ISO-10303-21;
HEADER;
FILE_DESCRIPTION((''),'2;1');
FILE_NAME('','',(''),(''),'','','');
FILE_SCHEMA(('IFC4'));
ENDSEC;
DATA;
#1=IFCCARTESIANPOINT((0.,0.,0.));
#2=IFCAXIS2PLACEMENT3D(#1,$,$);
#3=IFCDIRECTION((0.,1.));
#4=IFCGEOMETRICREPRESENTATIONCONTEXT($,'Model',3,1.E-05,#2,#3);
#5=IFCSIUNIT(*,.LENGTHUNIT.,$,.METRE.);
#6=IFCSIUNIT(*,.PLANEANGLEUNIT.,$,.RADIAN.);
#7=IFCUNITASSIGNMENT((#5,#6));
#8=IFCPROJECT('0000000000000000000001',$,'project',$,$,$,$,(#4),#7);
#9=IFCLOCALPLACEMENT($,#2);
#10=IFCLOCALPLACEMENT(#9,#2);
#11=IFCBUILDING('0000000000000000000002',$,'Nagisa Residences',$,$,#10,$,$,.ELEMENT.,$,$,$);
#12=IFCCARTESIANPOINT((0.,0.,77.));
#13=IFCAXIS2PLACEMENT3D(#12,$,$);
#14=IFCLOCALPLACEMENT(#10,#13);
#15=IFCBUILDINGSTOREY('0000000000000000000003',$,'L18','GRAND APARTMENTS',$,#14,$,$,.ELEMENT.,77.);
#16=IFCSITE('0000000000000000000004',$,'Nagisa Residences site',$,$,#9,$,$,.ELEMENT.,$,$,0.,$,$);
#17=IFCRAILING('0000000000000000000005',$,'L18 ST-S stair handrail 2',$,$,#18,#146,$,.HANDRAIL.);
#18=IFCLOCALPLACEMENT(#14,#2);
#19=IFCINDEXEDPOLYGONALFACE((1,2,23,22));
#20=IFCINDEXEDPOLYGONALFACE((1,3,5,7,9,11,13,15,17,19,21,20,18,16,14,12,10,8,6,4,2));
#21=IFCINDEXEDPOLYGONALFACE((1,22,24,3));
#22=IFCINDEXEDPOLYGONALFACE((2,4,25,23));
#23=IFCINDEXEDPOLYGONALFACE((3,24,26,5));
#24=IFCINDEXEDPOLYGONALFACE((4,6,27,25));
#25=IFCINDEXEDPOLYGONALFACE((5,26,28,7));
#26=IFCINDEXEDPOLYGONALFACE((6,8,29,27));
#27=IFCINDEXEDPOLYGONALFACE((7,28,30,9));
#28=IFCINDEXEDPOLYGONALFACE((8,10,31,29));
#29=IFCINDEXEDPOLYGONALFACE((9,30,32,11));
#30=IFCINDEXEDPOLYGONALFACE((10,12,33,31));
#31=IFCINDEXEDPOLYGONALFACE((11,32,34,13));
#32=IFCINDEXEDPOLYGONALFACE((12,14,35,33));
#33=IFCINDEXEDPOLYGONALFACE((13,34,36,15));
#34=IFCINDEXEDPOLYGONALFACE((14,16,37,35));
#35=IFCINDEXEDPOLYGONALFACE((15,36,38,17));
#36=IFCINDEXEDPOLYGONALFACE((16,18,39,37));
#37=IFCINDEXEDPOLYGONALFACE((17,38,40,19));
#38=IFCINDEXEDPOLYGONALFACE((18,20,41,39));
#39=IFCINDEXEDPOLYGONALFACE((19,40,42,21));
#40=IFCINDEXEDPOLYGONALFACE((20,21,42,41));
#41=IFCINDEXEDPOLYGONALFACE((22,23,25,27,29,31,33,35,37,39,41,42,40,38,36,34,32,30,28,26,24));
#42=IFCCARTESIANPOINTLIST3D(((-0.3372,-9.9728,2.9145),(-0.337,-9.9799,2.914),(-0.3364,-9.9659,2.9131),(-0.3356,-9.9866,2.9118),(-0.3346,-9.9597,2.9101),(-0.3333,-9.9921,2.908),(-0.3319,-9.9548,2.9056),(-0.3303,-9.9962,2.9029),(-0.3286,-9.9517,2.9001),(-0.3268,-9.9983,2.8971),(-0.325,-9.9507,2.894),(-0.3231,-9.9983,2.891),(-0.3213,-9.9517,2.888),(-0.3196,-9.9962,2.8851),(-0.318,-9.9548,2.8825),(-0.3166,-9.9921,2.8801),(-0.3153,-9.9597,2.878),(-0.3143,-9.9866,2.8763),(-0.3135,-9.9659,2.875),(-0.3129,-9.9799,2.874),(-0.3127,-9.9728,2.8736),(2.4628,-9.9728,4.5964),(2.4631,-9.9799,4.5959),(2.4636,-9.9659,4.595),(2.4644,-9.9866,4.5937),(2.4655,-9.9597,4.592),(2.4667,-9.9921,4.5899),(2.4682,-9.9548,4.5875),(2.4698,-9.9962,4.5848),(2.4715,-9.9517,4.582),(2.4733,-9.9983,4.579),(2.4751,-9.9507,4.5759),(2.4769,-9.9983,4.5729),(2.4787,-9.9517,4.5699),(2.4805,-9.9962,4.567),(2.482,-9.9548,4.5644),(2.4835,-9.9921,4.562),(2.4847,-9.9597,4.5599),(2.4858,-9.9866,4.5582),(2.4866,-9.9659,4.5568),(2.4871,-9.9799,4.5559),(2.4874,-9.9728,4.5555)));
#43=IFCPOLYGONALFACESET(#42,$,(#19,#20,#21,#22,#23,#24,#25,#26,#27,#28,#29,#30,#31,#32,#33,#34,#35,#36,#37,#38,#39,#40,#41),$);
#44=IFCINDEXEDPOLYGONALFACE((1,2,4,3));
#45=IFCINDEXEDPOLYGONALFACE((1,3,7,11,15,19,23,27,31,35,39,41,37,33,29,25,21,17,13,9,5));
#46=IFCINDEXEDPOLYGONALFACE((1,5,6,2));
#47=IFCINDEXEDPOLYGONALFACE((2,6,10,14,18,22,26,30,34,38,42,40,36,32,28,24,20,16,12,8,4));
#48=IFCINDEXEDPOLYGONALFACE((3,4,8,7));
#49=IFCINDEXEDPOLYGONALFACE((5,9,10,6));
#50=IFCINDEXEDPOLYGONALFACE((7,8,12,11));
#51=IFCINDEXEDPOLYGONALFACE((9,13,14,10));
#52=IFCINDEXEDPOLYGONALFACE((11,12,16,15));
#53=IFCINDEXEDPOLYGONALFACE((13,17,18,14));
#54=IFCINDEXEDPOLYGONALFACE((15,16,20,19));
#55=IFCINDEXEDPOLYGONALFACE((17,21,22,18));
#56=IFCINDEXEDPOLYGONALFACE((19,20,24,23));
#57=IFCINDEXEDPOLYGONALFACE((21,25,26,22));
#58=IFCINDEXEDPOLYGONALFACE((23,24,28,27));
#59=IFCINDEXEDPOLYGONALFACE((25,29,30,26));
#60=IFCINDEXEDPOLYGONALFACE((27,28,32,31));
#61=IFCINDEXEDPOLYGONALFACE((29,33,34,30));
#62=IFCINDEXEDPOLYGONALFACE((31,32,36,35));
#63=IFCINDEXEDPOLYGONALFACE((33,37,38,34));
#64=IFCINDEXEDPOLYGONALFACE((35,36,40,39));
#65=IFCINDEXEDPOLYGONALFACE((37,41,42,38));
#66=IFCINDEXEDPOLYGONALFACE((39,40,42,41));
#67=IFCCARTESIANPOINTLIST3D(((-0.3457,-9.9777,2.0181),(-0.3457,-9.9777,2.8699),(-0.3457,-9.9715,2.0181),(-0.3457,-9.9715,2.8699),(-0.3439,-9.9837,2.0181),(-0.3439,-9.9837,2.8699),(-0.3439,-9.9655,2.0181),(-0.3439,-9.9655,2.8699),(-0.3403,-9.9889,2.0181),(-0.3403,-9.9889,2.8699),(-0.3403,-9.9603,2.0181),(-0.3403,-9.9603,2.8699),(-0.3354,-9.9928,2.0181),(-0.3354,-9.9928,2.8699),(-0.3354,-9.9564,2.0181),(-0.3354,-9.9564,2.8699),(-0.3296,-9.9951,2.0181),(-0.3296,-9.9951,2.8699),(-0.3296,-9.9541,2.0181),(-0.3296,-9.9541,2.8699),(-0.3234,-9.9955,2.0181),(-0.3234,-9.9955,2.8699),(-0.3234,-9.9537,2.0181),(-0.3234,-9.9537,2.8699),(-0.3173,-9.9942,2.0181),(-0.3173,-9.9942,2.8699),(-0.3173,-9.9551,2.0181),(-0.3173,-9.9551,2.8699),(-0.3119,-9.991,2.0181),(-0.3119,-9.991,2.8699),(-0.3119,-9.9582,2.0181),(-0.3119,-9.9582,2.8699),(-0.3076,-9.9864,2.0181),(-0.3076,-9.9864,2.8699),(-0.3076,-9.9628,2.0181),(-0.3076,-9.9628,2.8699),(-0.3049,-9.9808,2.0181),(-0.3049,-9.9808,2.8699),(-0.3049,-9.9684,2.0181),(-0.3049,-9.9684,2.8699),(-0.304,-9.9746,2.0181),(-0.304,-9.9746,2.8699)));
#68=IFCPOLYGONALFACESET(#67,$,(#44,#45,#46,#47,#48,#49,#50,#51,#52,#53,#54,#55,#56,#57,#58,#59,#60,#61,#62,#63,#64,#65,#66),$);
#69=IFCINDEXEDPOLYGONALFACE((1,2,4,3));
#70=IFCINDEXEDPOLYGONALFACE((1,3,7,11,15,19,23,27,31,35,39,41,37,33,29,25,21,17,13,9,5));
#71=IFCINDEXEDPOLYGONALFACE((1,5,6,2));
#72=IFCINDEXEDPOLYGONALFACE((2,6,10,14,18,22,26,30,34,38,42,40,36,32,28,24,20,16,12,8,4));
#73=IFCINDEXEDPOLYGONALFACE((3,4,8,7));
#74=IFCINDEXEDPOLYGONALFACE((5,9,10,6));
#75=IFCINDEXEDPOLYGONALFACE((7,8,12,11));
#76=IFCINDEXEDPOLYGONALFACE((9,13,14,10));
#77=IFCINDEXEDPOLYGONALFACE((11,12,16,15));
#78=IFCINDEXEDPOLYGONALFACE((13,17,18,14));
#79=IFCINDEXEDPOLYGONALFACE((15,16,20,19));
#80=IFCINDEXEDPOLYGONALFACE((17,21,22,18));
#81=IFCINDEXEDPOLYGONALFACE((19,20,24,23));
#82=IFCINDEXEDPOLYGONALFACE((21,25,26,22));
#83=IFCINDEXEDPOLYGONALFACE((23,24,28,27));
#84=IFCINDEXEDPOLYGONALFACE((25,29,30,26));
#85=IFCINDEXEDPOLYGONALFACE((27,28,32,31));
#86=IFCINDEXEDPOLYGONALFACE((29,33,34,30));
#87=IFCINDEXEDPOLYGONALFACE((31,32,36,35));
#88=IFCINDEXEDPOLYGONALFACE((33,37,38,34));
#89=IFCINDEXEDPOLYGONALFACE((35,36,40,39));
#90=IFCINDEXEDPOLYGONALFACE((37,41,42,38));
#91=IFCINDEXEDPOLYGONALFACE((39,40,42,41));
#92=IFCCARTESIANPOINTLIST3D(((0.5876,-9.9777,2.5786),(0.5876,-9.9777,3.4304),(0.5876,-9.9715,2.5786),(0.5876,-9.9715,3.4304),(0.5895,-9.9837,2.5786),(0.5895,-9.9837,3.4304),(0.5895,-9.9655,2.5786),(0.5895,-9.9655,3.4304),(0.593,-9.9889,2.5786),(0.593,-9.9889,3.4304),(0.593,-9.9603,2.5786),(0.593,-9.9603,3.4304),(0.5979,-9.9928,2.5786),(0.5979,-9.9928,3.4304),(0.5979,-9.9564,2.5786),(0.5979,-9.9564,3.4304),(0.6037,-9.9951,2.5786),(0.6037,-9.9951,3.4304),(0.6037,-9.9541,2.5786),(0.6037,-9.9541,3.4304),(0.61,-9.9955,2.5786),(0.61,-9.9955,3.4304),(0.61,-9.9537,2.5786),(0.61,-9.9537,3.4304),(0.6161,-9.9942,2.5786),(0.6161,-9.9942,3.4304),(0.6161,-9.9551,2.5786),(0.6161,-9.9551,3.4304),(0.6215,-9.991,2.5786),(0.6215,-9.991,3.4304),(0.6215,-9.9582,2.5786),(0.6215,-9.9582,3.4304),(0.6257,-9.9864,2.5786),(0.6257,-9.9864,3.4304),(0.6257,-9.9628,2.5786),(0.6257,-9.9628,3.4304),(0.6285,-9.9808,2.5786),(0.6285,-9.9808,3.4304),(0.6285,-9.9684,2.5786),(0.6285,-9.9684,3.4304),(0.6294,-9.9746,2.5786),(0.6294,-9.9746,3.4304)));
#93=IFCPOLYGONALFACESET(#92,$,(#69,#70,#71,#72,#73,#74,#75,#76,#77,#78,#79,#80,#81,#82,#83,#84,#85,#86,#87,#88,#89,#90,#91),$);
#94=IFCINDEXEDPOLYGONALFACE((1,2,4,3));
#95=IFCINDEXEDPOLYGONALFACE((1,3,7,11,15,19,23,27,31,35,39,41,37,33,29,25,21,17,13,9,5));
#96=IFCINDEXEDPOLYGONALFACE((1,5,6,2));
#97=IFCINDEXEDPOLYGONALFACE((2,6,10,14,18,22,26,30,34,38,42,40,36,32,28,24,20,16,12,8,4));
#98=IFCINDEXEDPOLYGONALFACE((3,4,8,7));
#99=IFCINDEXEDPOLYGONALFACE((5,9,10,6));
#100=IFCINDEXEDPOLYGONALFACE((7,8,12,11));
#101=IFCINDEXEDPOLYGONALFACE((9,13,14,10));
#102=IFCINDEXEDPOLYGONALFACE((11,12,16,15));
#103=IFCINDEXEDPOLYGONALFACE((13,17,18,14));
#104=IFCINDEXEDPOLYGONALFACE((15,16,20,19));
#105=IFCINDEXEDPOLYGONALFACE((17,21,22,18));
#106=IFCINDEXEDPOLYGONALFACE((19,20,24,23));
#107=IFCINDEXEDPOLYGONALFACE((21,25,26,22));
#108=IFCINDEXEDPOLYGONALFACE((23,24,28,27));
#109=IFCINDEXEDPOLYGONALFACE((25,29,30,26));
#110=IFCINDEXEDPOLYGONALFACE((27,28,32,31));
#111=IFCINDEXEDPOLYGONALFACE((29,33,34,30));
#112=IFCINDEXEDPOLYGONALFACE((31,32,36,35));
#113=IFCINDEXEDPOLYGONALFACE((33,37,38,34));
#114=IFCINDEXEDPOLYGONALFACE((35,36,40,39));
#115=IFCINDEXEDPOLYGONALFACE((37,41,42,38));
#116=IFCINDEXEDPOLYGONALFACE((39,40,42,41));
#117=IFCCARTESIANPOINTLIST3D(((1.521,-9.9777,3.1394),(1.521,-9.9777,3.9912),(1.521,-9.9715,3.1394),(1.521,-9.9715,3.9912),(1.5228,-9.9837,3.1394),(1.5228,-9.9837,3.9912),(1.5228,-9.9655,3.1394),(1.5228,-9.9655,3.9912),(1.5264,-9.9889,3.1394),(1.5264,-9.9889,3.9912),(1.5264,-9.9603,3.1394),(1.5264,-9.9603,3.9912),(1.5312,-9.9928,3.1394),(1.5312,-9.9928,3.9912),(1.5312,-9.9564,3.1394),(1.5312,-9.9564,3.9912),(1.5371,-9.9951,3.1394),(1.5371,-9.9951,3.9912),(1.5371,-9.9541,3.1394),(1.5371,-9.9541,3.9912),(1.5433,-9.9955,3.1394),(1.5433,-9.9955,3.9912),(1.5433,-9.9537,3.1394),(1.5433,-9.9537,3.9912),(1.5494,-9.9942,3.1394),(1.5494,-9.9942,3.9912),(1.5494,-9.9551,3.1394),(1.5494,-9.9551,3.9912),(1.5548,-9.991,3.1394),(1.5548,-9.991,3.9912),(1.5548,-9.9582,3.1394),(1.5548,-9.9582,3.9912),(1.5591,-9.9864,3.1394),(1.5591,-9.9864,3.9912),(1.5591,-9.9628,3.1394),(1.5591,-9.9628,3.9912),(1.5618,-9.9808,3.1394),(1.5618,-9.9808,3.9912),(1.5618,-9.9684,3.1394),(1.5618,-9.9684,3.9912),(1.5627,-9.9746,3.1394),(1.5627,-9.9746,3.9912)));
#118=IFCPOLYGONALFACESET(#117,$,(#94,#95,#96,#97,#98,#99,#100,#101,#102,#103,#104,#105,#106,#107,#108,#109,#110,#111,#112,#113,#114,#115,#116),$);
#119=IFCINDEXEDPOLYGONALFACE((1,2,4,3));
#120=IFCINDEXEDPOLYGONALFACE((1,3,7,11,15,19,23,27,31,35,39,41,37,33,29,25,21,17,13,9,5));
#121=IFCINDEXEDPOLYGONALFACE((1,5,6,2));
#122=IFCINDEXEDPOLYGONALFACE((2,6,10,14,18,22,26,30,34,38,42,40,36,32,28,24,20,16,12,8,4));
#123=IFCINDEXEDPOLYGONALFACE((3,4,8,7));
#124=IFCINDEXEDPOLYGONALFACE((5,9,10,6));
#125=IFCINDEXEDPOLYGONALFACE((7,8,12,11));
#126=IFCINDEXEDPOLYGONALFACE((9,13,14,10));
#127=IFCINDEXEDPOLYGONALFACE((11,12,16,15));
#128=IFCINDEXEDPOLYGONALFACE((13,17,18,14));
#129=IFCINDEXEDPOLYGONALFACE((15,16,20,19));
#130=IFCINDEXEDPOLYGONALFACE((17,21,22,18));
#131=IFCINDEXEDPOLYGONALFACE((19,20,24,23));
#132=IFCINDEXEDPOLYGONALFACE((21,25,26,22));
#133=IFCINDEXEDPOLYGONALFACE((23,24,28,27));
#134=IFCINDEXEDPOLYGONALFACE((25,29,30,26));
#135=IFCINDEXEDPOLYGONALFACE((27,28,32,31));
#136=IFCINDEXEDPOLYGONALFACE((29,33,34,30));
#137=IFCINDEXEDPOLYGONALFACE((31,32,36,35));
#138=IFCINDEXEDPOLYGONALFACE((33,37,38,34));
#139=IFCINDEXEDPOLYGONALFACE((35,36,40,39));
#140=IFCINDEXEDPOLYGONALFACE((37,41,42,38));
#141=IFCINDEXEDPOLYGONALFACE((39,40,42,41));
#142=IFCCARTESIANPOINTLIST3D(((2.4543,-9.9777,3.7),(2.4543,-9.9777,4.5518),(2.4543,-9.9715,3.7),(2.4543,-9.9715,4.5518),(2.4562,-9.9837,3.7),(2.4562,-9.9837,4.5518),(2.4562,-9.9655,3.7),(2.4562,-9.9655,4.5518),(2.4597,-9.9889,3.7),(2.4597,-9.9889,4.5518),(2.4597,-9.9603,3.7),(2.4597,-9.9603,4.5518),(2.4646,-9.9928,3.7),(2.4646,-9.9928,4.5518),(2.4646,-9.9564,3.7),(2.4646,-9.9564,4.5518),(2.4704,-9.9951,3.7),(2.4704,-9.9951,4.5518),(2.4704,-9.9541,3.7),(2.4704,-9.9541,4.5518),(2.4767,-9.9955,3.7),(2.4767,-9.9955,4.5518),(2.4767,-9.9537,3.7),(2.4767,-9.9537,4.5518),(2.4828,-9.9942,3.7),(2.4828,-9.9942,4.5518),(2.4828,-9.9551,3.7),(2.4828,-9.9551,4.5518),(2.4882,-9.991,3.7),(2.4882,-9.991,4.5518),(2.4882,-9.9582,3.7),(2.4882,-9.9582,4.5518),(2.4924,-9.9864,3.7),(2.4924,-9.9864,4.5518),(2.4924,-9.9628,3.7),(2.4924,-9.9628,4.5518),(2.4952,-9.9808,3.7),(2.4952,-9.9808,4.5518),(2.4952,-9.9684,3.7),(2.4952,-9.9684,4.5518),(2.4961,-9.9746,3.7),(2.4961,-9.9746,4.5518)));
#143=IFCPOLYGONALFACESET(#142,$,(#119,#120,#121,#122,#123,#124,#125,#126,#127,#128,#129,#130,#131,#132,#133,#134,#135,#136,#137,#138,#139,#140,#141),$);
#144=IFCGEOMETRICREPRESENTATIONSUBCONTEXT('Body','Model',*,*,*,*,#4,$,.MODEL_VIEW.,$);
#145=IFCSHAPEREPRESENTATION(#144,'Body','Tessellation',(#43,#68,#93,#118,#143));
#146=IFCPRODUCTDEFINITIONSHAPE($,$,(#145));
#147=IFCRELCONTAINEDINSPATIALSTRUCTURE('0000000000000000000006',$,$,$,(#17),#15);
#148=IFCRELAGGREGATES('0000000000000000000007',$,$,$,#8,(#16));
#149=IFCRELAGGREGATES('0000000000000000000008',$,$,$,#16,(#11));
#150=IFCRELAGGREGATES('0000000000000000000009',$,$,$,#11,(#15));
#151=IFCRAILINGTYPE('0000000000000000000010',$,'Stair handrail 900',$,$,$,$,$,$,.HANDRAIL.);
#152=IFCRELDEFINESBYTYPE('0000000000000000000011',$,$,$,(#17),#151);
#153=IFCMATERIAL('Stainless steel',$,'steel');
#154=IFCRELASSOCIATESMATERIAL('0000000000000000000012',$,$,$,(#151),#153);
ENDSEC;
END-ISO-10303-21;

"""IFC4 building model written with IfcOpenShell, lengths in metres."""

from ifc_helpers import new_model, si_unit, direction, frame, origin, origin_2d, place, context, subcontext, project, spatial, circle, extrude, material, type_object, element, save


model = new_model("IFC4")

# Units and contexts
model_context = context("Model", 3, precision=1e-05, world=origin(), true_north=direction((0.0, 1.0)))
body_context = subcontext(model_context, "Body", "Model", "MODEL_VIEW")
ifc_project = project(units=[si_unit("LENGTHUNIT", "METRE"), si_unit("PLANEANGLEUNIT", "RADIAN")], contexts=[model_context])

# Site, building, storey
site_placement = place(None, origin())
site = spatial("IfcSite", under=ifc_project, at=site_placement, Name="Nagisa Residences site", CompositionType="ELEMENT", RefElevation=0.0)
building_placement = place(site_placement, origin())
building = spatial("IfcBuilding", under=site, at=building_placement, Name="Nagisa Residences", CompositionType="ELEMENT")
storey_placement = place(building_placement, frame((0.0, 0.0, 77.0)))
storey = spatial("IfcBuildingStorey", under=building, at=storey_placement, Name="L18", Description="GRAND APARTMENTS", CompositionType="ELEMENT", Elevation=77.0)

# Railing
ifc_material_1 = material(Name="Stainless steel", Category="steel")
railing_type = type_object("IfcRailingType", Name="Stair handrail 900", PredefinedType="HANDRAIL", material=ifc_material_1)
railing_placement = place(storey_placement, frame((-0.325, -9.9746, 2.0181)))
element("IfcRailing", 1, at=railing_placement, inside=storey, type_object=railing_type, Name="L18 ST-S stair handrail 2", PredefinedType="HANDRAIL", context=body_context, shape_type="SweptSolid", body=[
    extrude(circle(Radius=0.0239, at=origin_2d()), frame((0.0, 0.0, 0.876), z_axis=(0.857242, 0.0, 0.514913), x_axis=(0.0, 1.0, 0.0)), (0.0, 0.0, 1.0), 3.2664),
    extrude(circle(Radius=0.021, at=origin_2d()), origin(), (0.0, 0.0, 1.0), 0.8518),
    extrude(circle(Radius=0.021, at=origin_2d()), frame((0.9333, 0.0, 0.5605)), (0.0, 0.0, 1.0), 0.8518),
    extrude(circle(Radius=0.021, at=origin_2d()), frame((1.8667, 0.0, 1.1213)), (0.0, 0.0, 1.0), 0.8518),
    extrude(circle(Radius=0.021, at=origin_2d()), frame((2.8, 0.0, 1.6819)), (0.0, 0.0, 1.0), 0.8518),
])

save(model, "model.ifc")
